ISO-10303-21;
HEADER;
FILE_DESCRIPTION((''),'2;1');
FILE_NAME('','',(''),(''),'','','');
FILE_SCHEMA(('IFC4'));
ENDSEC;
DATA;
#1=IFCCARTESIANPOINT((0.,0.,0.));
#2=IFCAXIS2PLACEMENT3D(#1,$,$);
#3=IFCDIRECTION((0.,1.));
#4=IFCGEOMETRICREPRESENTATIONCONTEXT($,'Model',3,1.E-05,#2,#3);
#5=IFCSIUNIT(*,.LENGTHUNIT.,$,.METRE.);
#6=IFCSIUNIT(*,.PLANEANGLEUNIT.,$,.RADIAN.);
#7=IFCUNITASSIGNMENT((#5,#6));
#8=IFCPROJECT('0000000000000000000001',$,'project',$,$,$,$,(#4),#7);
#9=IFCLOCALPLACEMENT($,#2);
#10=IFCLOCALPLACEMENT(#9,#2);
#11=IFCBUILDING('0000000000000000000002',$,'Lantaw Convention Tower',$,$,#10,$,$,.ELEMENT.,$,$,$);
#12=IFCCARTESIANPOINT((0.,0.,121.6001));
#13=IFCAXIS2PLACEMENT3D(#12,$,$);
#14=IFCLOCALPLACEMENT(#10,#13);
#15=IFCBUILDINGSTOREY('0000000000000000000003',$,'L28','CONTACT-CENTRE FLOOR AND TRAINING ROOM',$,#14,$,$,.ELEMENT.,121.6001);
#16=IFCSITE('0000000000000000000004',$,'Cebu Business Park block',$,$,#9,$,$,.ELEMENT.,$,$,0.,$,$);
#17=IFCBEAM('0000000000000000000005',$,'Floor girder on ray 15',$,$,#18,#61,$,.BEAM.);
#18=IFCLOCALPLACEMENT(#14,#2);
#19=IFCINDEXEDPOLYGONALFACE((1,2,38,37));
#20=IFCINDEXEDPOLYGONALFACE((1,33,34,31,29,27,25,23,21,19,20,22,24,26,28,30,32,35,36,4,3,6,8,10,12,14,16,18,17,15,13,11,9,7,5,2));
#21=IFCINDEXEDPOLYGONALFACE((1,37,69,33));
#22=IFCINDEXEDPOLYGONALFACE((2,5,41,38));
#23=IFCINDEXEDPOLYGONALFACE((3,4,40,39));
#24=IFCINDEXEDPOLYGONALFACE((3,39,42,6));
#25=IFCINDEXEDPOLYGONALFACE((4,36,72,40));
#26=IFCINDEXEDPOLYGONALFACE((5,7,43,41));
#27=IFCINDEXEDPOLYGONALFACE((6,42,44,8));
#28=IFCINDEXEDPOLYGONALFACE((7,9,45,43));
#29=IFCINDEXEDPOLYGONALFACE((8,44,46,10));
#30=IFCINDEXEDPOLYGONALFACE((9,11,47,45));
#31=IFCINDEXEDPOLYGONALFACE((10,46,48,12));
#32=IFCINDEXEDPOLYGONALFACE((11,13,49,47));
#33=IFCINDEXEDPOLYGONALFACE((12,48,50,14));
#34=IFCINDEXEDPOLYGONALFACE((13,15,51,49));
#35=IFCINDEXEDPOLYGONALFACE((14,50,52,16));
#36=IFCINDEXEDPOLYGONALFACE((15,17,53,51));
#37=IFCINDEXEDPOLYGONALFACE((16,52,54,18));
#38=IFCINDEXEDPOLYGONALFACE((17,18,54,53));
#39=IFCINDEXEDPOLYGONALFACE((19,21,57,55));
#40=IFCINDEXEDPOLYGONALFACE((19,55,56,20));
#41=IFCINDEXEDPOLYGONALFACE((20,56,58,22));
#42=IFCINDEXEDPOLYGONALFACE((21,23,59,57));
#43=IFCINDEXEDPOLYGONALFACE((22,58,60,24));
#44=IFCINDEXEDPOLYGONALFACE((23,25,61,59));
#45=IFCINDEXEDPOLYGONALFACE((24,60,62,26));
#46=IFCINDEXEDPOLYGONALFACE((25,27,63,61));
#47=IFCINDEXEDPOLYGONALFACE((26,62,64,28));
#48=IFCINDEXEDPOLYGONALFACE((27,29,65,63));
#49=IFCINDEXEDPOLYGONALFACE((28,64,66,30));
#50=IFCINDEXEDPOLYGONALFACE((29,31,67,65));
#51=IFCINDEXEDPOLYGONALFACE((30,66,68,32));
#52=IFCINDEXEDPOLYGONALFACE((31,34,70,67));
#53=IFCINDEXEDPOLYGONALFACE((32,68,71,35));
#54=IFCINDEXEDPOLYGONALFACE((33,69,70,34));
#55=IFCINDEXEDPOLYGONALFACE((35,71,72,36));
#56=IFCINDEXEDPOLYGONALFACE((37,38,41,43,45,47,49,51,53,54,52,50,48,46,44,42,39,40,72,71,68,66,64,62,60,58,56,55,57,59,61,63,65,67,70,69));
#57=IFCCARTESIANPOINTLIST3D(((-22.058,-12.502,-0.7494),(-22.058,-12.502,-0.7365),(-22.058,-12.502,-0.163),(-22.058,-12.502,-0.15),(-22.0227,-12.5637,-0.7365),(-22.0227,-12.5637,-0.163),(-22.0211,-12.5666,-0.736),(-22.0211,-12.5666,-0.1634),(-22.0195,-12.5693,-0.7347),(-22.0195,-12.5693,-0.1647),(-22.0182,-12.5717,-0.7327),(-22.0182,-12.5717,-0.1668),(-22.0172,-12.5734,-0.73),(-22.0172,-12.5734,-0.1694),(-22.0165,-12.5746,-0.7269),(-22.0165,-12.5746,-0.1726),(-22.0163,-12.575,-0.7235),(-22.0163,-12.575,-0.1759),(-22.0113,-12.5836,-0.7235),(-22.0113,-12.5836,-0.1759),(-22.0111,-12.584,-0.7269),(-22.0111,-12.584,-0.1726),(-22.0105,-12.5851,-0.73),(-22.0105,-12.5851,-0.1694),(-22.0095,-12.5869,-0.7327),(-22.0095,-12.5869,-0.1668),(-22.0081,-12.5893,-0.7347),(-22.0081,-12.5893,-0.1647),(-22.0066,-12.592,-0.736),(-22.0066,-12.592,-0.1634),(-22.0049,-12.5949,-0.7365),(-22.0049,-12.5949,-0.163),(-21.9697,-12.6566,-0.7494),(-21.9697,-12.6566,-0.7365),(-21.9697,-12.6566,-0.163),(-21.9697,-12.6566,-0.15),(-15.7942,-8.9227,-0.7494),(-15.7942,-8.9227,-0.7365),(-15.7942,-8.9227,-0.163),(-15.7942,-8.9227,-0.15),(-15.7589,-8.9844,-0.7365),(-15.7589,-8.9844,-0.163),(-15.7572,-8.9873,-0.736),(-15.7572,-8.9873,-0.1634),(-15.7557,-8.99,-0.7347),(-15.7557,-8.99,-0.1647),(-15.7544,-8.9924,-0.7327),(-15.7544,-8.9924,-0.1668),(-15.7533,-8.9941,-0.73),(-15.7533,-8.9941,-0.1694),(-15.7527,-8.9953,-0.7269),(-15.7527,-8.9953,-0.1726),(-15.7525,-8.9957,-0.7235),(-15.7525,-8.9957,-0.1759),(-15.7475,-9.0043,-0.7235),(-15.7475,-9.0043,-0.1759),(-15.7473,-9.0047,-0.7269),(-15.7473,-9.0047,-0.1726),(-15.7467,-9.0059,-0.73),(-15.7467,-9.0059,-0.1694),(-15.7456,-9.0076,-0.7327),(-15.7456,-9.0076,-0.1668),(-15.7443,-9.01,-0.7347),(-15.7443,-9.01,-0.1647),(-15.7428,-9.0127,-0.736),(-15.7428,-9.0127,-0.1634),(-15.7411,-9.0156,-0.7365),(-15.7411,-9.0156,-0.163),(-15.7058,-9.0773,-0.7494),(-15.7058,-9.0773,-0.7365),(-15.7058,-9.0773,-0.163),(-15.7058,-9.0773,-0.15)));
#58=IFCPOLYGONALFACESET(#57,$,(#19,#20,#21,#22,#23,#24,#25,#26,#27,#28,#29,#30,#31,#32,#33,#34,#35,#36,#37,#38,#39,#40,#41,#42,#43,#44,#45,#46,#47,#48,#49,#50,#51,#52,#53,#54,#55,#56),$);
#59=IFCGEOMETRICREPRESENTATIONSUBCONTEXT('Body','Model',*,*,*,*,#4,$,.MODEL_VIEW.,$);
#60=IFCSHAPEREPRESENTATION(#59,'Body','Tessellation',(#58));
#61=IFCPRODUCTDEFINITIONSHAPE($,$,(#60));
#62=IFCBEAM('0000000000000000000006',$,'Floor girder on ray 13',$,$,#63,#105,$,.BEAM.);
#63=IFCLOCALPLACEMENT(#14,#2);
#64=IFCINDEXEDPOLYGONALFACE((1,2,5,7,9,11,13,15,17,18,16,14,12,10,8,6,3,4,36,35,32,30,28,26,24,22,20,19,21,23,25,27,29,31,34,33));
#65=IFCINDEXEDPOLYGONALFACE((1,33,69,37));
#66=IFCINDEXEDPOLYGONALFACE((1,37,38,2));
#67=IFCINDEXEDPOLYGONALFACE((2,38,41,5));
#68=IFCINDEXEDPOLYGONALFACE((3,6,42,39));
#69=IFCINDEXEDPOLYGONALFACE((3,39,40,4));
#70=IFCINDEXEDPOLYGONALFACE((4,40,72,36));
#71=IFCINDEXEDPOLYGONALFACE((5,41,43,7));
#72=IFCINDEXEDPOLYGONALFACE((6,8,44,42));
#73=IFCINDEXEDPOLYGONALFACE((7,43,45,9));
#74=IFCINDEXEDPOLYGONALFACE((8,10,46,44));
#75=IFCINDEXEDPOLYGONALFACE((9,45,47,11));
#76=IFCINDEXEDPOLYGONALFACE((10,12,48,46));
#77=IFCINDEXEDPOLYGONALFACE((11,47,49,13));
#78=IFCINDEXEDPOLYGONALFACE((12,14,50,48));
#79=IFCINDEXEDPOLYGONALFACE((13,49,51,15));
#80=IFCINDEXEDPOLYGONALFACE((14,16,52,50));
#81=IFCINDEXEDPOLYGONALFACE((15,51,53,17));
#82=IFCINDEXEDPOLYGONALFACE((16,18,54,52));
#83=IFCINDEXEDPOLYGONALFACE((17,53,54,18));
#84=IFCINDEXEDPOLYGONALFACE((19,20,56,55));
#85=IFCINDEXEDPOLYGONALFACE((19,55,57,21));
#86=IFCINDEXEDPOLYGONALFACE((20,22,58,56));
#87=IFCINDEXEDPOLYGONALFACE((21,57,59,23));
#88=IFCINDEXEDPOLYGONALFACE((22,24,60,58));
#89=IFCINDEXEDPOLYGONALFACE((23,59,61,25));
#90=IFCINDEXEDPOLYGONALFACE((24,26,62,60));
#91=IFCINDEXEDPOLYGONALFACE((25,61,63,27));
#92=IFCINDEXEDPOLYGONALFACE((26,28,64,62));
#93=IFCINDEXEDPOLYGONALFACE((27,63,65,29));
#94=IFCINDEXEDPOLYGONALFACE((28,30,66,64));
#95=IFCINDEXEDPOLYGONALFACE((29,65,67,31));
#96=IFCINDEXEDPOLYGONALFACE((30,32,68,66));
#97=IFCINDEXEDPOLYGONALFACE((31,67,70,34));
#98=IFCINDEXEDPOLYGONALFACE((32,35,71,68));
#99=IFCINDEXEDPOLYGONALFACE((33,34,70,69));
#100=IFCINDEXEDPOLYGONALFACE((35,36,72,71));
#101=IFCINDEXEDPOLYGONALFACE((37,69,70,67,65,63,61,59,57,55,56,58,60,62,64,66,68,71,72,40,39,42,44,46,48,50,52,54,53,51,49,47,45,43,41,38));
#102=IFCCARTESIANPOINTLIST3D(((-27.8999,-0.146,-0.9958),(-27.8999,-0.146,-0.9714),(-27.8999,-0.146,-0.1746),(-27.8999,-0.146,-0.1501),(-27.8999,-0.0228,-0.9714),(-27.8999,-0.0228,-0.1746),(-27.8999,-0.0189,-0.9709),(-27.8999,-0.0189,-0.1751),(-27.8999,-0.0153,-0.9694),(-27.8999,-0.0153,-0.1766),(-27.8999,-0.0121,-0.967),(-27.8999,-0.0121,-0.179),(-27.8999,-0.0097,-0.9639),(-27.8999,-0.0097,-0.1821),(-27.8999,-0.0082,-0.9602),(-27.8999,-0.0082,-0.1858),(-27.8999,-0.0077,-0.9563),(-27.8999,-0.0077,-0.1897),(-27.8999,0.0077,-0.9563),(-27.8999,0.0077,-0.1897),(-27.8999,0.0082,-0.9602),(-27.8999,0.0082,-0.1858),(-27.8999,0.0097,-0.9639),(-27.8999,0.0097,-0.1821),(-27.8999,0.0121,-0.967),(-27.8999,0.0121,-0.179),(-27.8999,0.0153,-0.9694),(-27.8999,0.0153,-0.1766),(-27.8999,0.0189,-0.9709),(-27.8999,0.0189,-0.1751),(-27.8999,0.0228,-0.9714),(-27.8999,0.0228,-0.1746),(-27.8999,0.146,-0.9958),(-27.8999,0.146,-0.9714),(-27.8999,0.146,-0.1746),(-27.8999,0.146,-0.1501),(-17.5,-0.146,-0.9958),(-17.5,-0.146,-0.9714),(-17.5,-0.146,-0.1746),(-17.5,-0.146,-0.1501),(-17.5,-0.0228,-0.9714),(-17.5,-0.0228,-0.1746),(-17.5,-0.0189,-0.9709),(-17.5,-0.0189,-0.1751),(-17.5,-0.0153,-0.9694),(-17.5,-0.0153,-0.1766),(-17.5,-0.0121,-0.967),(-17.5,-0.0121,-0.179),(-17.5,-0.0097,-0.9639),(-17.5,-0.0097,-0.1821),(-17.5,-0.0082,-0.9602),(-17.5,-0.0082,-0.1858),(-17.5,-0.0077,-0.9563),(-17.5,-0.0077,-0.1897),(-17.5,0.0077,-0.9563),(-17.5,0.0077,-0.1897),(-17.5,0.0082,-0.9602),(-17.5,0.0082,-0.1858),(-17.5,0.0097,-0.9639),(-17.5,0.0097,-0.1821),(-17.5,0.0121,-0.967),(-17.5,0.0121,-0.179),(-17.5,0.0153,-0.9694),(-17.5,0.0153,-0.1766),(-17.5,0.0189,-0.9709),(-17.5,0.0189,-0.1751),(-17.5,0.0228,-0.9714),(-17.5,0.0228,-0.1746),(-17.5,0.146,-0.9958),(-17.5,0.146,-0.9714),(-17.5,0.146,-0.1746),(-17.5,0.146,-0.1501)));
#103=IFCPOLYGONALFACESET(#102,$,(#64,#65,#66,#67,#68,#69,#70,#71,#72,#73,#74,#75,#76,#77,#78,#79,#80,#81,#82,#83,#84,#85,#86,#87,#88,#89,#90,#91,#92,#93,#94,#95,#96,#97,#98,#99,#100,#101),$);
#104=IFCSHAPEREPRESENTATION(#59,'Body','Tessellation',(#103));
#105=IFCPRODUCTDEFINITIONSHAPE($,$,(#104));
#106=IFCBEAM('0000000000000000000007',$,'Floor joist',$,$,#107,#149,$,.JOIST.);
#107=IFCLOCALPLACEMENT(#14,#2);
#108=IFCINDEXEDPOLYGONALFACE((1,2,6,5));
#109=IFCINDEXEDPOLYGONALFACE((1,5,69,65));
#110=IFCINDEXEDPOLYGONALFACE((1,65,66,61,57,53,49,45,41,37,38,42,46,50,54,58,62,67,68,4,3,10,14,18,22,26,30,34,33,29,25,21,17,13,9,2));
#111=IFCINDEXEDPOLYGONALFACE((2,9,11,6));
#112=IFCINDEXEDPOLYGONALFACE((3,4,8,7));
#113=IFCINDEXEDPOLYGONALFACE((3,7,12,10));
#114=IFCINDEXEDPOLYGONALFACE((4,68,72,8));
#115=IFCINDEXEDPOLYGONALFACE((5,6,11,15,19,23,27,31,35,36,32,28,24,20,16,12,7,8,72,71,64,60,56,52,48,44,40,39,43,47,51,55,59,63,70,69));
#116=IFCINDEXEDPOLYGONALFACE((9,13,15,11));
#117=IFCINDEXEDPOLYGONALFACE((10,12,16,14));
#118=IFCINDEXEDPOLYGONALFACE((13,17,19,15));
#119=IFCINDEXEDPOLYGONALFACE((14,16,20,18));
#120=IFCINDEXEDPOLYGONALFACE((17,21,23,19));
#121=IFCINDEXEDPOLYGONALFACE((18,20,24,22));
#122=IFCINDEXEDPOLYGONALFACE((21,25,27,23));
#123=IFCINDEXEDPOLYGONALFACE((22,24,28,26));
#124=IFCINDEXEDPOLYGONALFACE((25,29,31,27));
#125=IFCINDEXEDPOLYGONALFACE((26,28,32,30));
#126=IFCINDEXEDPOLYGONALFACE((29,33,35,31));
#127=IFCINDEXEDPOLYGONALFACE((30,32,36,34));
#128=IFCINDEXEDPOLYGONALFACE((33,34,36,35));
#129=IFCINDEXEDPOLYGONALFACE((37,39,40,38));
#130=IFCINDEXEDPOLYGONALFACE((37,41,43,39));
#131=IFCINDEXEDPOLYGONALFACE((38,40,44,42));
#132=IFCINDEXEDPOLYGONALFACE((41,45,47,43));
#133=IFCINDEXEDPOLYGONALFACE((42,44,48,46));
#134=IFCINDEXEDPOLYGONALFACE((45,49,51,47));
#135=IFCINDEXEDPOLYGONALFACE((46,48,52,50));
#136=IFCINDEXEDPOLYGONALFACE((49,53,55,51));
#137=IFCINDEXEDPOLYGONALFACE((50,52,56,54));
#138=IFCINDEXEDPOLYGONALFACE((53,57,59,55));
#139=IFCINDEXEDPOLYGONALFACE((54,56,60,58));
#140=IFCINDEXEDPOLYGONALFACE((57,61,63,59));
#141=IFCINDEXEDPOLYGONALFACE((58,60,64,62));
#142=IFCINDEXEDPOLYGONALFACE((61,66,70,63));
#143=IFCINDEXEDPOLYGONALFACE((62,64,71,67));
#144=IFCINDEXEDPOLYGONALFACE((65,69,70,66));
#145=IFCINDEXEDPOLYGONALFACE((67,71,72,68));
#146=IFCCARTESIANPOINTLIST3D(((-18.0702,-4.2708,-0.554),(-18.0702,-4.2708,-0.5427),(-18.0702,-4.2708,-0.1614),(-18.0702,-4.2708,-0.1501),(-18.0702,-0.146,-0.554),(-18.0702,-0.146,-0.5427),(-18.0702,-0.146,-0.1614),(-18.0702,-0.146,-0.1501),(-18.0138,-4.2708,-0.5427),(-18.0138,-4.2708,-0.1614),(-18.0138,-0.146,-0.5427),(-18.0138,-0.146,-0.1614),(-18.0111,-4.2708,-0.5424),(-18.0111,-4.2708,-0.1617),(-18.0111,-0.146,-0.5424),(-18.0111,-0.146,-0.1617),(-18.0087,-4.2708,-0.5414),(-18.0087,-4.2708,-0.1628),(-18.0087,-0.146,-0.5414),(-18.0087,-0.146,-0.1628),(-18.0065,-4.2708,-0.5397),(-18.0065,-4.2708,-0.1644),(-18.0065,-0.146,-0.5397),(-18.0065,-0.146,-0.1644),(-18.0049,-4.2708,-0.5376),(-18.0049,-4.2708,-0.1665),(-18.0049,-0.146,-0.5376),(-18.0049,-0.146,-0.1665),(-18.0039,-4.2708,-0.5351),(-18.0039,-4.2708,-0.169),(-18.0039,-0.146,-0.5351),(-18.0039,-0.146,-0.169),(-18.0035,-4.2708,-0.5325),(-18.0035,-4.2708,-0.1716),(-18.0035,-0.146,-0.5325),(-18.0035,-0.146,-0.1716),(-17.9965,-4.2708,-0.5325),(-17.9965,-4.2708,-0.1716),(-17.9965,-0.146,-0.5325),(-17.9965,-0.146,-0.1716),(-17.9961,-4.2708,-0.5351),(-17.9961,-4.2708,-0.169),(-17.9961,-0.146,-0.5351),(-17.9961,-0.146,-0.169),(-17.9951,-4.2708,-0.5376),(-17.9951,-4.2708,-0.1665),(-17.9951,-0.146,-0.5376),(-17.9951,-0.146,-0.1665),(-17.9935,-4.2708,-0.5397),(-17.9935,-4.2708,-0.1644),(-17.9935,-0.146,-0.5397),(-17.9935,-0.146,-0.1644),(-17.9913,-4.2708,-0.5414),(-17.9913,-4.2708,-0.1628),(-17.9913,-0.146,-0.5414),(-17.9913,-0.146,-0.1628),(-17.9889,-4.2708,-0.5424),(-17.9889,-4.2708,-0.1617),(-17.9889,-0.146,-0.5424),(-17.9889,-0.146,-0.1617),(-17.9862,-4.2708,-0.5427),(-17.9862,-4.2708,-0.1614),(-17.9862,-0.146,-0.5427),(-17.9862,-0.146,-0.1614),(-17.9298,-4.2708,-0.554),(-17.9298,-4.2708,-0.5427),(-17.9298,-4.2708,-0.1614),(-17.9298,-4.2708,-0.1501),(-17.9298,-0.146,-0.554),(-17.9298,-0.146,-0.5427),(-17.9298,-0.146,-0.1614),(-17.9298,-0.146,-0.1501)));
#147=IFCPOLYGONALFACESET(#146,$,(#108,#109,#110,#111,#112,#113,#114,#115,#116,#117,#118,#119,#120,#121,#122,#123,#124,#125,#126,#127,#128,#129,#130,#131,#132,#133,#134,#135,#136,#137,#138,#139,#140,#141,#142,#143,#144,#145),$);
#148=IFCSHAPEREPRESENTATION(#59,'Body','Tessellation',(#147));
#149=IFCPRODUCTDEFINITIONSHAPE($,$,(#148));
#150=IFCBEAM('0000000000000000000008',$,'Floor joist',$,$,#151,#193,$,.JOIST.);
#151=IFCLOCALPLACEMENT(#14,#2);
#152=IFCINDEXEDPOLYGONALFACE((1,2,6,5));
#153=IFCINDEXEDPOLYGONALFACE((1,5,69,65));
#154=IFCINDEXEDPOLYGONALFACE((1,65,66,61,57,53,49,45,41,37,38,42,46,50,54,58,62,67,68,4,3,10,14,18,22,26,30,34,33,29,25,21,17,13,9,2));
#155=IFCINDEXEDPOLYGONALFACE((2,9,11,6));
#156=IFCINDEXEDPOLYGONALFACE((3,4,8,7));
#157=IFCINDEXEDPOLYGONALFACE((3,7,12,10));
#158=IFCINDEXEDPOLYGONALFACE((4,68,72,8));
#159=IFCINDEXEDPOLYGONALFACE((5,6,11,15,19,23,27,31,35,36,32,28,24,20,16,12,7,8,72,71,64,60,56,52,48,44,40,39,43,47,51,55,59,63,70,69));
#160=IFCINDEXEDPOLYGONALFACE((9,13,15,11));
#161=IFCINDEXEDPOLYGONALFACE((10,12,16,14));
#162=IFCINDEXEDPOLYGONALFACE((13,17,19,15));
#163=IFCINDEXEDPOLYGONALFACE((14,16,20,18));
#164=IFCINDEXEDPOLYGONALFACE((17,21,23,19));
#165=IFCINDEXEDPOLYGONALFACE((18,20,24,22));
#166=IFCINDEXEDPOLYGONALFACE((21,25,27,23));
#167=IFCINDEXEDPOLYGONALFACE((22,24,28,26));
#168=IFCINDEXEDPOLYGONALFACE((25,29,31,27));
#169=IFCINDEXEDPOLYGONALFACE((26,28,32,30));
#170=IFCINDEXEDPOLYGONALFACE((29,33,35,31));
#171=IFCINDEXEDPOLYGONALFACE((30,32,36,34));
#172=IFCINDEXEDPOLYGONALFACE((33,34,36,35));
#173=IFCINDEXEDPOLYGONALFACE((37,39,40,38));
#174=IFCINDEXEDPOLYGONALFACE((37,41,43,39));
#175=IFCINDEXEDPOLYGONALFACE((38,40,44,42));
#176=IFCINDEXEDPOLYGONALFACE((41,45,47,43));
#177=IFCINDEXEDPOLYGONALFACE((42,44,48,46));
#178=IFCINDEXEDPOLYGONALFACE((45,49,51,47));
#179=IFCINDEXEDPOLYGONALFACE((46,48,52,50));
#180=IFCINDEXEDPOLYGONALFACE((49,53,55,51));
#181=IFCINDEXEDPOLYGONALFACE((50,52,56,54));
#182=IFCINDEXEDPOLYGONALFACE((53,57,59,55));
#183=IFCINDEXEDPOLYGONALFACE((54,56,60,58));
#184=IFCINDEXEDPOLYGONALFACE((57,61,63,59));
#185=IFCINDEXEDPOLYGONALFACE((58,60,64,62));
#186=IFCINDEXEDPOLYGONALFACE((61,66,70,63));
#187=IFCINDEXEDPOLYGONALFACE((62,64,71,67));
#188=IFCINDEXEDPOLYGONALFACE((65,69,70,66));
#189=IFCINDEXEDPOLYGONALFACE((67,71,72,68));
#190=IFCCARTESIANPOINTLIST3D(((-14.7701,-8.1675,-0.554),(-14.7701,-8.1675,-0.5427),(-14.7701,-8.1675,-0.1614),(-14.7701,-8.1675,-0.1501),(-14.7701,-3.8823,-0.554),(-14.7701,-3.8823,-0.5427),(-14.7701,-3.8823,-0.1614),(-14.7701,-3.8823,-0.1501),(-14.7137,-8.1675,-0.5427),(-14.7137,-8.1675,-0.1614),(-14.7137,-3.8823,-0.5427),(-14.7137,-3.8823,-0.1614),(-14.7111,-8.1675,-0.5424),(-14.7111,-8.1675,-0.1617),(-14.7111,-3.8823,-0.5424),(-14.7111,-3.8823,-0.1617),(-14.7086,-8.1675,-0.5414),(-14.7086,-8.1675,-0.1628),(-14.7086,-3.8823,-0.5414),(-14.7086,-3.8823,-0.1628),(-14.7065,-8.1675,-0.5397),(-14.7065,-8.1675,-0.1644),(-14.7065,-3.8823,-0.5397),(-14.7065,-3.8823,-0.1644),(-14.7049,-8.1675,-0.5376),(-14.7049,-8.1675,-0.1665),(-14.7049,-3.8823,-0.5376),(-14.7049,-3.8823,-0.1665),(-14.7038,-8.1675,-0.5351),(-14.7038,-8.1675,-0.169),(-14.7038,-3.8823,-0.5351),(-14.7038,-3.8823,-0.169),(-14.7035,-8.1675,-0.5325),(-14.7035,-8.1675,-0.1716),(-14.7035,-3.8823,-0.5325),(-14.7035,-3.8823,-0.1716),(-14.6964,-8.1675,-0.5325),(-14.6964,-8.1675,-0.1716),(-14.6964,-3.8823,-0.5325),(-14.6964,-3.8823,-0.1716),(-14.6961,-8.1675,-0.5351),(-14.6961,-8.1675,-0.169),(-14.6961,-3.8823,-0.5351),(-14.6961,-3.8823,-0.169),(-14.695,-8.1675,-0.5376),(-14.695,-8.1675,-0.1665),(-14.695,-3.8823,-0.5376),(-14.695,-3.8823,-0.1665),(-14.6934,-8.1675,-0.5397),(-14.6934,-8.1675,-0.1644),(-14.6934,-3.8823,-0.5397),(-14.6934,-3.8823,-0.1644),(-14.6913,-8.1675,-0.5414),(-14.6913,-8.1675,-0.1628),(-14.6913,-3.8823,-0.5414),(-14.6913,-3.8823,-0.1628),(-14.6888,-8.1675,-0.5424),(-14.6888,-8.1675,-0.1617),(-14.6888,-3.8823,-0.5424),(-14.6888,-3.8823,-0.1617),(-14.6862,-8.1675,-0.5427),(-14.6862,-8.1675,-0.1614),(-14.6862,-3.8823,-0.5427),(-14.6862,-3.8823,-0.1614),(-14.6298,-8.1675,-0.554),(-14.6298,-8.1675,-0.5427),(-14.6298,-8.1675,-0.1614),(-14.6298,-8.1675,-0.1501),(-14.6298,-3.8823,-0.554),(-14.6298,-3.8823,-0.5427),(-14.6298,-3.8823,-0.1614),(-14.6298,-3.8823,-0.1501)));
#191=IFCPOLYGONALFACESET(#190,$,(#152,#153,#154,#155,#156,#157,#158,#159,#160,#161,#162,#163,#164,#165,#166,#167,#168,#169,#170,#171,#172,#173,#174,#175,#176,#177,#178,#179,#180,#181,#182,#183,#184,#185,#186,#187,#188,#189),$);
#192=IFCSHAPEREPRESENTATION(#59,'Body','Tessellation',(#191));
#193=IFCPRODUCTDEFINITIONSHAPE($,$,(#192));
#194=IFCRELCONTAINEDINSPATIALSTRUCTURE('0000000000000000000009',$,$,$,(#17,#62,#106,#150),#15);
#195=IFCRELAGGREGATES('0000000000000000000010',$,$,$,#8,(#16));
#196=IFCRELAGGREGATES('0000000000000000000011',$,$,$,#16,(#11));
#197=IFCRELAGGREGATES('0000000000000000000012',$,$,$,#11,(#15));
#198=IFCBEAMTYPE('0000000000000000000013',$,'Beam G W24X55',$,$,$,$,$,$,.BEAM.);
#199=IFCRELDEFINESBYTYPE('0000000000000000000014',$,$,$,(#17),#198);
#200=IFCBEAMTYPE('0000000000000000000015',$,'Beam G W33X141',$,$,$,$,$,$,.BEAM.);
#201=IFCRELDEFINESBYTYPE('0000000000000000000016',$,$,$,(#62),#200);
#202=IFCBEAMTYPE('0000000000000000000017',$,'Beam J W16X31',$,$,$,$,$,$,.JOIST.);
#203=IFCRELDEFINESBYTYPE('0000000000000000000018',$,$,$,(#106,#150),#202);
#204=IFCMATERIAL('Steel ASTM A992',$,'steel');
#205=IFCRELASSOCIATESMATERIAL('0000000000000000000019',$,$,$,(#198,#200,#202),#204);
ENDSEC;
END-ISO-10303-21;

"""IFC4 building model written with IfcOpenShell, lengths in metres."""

from ifc_helpers import new_model, si_unit, direction, frame, origin, origin_2d, place, context, subcontext, project, spatial, i_section, extrude, material, material_profile, profile_set, type_object, element, save


model = new_model("IFC4")

# Units and contexts
model_context = context("Model", 3, precision=1e-05, world=origin(), true_north=direction((0.0, 1.0)))
body_context = subcontext(model_context, "Body", "Model", "MODEL_VIEW")
ifc_project = project(units=[si_unit("LENGTHUNIT", "METRE"), si_unit("PLANEANGLEUNIT", "RADIAN")], contexts=[model_context])

# Site, building, storey
site_placement = place(None, origin())
site = spatial("IfcSite", under=ifc_project, at=site_placement, Name="Cebu Business Park block", CompositionType="ELEMENT", RefElevation=0.0)
building_placement = place(site_placement, origin())
building = spatial("IfcBuilding", under=site, at=building_placement, Name="Lantaw Convention Tower", CompositionType="ELEMENT")
storey_placement = place(building_placement, frame((0.0, 0.0, 121.6001)))
storey = spatial("IfcBuildingStorey", under=building, at=storey_placement, Name="L28", Description="CONTACT-CENTRE FLOOR AND TRAINING ROOM", CompositionType="ELEMENT", Elevation=121.6001)

# Beams
ifc_material_1 = material(Name="Steel ASTM A992", Category="steel")
ifc_material_profile_1 = material_profile(ifc_material_1, i_section(OverallWidth=0.178, OverallDepth=0.5994, WebThickness=0.01, FlangeThickness=0.0129, FilletRadius=0.0129, at=origin_2d()), Name="W24X55")
ifc_profile_set_1 = profile_set([ifc_material_profile_1], Name="Steel ASTM A992")
beam_type_1 = type_object("IfcBeamType", Name="Beam G W24X55", PredefinedType="BEAM", material=ifc_profile_set_1)
beam_1_placement = place(storey_placement, frame((-15.75, -9.0, -0.4497), z_axis=(-0.868245, -0.496135, 0.0), x_axis=(0.496135, -0.868245, 0.0)))
element("IfcBeam", 1, at=beam_1_placement, inside=storey, type_object=beam_type_1, Name="Floor girder on ray 15", PredefinedType="BEAM", context=body_context, shape_type="SweptSolid", body=[
    extrude(i_section(OverallWidth=0.178, OverallDepth=0.5994, WebThickness=0.01, FlangeThickness=0.0129, FilletRadius=0.0129, at=origin_2d()), origin(), (0.0, 0.0, 1.0), 7.2144),
])
ifc_material_profile_2 = material_profile(ifc_material_1, i_section(OverallWidth=0.292, OverallDepth=0.8457, WebThickness=0.0154, FlangeThickness=0.0244, FilletRadius=0.0151, at=origin_2d()), Name="W33X141")
ifc_profile_set_2 = profile_set([ifc_material_profile_2], Name="Steel ASTM A992")
beam_type_2 = type_object("IfcBeamType", Name="Beam G W33X141", PredefinedType="BEAM", material=ifc_profile_set_2)
beam_2_placement = place(storey_placement, frame((-17.5, 0.0, -0.573), z_axis=(-1.0, 0.0, 0.0), x_axis=(0.0, -1.0, 0.0)))
element("IfcBeam", 2, at=beam_2_placement, inside=storey, type_object=beam_type_2, Name="Floor girder on ray 13", PredefinedType="BEAM", context=body_context, shape_type="SweptSolid", body=[
    extrude(i_section(OverallWidth=0.292, OverallDepth=0.8457, WebThickness=0.0154, FlangeThickness=0.0244, FilletRadius=0.0151, at=origin_2d()), origin(), (0.0, 0.0, 1.0), 10.3999),
])
ifc_material_profile_3 = material_profile(ifc_material_1, i_section(OverallWidth=0.1404, OverallDepth=0.4038, WebThickness=0.0071, FlangeThickness=0.0112, FilletRadius=0.0103, at=origin_2d()), Name="W16X31")
ifc_profile_set_3 = profile_set([ifc_material_profile_3], Name="Steel ASTM A992")
beam_type_3 = type_object("IfcBeamType", Name="Beam J W16X31", PredefinedType="JOIST", material=ifc_profile_set_3)
beam_3_placement = place(storey_placement, frame((-18.0, -4.2708, -0.3521), z_axis=(0.0, 1.0, 0.0), x_axis=(-1.0, 0.0, 0.0)))
element("IfcBeam", 3, at=beam_3_placement, inside=storey, type_object=beam_type_3, Name="Floor joist", PredefinedType="JOIST", context=body_context, shape_type="SweptSolid", body=[
    extrude(i_section(OverallWidth=0.1404, OverallDepth=0.4038, WebThickness=0.0071, FlangeThickness=0.0112, FilletRadius=0.0103, at=origin_2d()), origin(), (0.0, 0.0, 1.0), 4.1248),
])
beam_4_placement = place(storey_placement, frame((-14.7, -8.1675, -0.3521), z_axis=(0.0, 1.0, 0.0), x_axis=(-1.0, 0.0, 0.0)))
element("IfcBeam", 4, at=beam_4_placement, inside=storey, type_object=beam_type_3, Name="Floor joist", PredefinedType="JOIST", context=body_context, shape_type="SweptSolid", body=[
    extrude(i_section(OverallWidth=0.1404, OverallDepth=0.4038, WebThickness=0.0071, FlangeThickness=0.0112, FilletRadius=0.0103, at=origin_2d()), origin(), (0.0, 0.0, 1.0), 4.2852),
])

save(model, "model.ifc")
